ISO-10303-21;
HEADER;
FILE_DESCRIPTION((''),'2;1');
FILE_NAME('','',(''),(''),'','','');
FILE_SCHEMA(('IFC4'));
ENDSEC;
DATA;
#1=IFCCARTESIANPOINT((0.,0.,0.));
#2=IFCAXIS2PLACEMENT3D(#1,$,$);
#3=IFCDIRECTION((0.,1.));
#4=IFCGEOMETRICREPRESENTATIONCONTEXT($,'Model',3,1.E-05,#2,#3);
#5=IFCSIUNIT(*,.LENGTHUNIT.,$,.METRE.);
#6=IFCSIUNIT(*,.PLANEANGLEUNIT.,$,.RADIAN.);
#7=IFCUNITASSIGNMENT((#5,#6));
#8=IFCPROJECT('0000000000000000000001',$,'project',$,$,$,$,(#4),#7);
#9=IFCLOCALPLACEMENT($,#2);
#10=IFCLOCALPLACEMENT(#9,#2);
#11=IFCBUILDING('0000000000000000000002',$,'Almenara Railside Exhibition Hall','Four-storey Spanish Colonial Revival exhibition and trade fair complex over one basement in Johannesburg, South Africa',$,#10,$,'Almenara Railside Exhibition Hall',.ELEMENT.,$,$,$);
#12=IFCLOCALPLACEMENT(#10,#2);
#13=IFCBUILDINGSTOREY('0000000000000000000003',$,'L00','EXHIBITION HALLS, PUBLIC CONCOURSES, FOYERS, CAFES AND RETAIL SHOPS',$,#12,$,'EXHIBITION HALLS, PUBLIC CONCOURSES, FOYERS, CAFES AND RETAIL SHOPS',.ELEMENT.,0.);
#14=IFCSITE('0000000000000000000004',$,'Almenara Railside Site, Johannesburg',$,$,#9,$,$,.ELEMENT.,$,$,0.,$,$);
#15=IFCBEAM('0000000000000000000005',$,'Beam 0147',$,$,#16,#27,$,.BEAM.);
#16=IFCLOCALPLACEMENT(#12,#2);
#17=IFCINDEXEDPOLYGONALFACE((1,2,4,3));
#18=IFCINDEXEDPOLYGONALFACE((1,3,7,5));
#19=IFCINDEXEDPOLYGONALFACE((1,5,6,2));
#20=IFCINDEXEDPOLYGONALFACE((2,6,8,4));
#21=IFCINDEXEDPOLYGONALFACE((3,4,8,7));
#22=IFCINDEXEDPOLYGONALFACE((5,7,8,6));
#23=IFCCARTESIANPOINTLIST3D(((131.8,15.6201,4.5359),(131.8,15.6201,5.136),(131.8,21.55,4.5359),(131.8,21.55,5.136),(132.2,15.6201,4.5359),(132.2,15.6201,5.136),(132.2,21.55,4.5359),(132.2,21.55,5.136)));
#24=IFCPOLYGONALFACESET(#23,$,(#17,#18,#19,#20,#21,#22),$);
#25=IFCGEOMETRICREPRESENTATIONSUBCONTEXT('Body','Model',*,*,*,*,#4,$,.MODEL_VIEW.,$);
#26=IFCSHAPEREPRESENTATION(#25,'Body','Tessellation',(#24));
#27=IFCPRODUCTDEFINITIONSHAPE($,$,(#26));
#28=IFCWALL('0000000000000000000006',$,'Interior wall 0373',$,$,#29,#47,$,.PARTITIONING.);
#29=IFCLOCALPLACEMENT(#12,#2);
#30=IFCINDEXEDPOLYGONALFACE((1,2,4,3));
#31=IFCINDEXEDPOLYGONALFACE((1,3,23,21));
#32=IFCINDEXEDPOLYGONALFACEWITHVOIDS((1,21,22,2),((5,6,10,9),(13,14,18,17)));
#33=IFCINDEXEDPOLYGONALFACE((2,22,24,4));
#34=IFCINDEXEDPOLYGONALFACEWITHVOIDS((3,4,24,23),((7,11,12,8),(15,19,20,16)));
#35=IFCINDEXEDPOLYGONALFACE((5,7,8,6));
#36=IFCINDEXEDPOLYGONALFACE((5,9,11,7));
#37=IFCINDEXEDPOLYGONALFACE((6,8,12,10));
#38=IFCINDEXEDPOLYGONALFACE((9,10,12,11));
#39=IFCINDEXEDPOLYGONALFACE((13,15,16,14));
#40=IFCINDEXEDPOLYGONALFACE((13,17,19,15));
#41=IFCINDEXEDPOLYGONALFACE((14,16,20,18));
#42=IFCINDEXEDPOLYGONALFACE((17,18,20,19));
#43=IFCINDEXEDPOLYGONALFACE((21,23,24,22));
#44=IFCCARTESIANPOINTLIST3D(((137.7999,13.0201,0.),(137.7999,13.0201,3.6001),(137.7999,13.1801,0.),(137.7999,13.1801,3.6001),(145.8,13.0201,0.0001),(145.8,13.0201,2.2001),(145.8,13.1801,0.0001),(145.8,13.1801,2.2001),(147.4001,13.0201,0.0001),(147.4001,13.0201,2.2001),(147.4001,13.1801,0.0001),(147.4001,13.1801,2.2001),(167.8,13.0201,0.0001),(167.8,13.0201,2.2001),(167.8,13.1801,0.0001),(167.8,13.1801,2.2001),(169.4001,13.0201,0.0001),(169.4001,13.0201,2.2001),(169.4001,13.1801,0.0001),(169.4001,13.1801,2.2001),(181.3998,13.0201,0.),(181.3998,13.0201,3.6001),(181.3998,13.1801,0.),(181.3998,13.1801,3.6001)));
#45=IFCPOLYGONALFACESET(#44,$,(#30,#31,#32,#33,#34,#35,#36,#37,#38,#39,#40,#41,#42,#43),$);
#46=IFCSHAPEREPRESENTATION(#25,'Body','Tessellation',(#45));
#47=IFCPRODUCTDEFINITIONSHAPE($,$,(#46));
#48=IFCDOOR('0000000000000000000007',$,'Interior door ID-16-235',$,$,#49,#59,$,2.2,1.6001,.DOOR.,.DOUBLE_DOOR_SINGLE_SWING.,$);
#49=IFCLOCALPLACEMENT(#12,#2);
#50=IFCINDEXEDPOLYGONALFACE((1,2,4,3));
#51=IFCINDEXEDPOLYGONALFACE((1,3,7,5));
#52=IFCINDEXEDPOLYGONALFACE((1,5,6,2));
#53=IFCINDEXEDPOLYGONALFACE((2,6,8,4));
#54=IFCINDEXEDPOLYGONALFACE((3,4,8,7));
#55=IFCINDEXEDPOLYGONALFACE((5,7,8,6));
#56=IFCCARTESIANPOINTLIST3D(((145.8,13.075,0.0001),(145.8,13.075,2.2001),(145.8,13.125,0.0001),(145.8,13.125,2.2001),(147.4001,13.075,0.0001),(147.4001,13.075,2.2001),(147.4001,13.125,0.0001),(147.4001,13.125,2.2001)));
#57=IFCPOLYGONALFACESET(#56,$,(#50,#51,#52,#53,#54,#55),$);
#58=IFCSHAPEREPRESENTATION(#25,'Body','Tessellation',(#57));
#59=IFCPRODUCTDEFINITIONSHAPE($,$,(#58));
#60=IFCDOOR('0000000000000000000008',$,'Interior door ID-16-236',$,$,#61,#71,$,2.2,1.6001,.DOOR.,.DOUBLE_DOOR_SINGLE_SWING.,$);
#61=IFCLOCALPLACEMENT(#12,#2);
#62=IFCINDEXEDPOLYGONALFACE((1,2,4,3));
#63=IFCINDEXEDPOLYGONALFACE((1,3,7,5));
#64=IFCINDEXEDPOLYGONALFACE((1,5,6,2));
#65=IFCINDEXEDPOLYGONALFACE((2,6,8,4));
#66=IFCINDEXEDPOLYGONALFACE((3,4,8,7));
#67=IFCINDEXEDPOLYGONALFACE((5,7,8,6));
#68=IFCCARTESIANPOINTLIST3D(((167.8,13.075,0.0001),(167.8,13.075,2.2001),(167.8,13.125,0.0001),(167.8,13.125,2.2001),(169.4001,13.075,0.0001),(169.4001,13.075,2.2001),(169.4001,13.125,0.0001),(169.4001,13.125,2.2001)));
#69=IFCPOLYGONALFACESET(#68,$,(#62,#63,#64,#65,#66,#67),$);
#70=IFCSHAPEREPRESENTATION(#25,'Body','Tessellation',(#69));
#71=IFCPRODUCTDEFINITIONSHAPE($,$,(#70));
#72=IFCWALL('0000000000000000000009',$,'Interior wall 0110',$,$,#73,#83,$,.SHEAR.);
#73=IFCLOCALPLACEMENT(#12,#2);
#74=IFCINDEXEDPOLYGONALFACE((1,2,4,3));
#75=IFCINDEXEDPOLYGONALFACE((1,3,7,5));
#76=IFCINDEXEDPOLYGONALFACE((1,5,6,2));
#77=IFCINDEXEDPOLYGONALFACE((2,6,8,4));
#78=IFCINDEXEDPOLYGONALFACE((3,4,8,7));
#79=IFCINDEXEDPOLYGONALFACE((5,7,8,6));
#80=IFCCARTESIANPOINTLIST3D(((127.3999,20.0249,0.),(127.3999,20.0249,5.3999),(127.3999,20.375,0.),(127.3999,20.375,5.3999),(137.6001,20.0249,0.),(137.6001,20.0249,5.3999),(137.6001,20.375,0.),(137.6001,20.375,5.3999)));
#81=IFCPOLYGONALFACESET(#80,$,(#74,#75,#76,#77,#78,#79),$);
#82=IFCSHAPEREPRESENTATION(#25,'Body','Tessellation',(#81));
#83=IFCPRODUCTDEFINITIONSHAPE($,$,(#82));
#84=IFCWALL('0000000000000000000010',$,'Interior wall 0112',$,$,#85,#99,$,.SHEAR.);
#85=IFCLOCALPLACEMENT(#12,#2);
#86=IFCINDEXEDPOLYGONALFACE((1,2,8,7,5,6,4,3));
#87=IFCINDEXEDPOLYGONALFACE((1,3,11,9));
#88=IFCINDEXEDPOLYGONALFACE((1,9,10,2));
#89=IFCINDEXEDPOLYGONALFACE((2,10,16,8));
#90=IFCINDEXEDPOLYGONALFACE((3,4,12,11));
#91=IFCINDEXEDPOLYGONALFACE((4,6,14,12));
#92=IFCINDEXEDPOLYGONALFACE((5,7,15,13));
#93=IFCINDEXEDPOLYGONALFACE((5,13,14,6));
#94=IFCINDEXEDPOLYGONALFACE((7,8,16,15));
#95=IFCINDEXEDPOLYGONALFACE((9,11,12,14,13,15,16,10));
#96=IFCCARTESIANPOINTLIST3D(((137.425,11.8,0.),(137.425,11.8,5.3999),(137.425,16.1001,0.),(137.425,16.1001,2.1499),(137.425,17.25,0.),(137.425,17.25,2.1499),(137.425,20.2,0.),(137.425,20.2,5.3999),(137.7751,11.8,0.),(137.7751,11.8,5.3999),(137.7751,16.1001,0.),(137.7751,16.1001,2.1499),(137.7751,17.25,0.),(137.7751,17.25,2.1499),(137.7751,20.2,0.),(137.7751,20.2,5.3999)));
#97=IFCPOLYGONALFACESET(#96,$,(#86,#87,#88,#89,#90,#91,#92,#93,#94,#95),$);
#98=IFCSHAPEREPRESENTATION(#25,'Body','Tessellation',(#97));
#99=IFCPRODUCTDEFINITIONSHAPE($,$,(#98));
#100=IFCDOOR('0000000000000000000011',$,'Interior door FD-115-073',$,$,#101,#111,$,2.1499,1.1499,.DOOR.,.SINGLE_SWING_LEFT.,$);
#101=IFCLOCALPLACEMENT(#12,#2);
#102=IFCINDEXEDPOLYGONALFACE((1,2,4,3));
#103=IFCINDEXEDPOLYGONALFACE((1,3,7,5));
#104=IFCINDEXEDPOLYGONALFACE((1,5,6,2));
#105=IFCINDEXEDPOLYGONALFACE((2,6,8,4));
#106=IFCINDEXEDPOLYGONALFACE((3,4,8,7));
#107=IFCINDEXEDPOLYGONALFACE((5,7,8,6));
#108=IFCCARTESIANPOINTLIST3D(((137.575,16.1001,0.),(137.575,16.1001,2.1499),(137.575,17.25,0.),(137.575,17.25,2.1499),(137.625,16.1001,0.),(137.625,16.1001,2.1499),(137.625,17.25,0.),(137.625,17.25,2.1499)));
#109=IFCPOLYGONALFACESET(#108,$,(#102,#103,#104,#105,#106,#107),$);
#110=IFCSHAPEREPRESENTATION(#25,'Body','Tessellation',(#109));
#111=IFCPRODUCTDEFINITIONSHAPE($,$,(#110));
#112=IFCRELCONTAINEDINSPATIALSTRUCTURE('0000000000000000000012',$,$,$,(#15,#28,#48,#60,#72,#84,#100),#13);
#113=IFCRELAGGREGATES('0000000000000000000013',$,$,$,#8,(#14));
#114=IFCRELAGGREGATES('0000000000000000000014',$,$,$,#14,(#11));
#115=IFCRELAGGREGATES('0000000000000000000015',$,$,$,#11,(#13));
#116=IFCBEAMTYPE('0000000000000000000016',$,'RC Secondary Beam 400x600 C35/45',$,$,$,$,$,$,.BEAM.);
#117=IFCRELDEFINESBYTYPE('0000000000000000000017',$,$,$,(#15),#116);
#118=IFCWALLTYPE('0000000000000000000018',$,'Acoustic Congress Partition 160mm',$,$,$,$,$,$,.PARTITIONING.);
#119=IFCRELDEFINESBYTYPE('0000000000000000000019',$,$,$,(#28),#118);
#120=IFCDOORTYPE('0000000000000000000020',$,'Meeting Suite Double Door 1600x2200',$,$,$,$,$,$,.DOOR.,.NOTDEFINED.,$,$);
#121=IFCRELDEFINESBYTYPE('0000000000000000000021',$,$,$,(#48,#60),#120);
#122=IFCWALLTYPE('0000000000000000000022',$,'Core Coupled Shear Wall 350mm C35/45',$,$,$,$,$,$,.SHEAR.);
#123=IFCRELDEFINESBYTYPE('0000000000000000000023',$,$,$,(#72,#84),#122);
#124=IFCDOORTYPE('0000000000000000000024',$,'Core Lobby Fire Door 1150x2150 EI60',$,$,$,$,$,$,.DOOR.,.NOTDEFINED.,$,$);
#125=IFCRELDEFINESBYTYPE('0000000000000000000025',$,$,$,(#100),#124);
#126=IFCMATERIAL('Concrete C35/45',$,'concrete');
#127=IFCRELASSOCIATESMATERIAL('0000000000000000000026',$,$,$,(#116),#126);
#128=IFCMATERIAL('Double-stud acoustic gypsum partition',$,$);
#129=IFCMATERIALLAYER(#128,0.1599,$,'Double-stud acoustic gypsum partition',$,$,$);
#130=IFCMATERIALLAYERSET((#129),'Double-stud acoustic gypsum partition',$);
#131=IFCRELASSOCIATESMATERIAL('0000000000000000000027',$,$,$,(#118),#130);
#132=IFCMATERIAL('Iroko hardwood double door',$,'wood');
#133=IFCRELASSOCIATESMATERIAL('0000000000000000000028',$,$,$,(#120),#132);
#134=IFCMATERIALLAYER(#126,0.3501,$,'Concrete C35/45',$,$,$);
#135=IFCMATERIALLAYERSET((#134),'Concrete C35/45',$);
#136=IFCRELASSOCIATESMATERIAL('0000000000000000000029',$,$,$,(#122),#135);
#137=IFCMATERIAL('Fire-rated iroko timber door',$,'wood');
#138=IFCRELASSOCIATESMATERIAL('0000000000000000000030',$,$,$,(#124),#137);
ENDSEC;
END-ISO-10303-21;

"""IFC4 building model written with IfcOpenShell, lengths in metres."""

from ifc_helpers import new_model, si_unit, direction, frame, frame_2d, origin, origin_2d, place, context, subcontext, project, spatial, rectangle, extrude, material, layer, layer_set, material_profile, profile_set, type_object, element, fill, save


model = new_model("IFC4")

# Units and contexts
model_context = context("Model", 3, precision=1e-05, world=origin(), true_north=direction((0.0, 1.0)))
body_context = subcontext(model_context, "Body", "Model", "MODEL_VIEW")
ifc_project = project(units=[si_unit("LENGTHUNIT", "METRE"), si_unit("PLANEANGLEUNIT", "RADIAN")], contexts=[model_context])

# Site, building, storey
site_placement = place(None, origin())
site = spatial("IfcSite", under=ifc_project, at=site_placement, Name="Almenara Railside Site, Johannesburg", CompositionType="ELEMENT", RefElevation=0.0)
building_placement = place(site_placement, origin())
building = spatial("IfcBuilding", under=site, at=building_placement, Name="Almenara Railside Exhibition Hall", Description="Four-storey Spanish Colonial Revival exhibition and trade fair complex over one basement in Johannesburg, South Africa", LongName="Almenara Railside Exhibition Hall", CompositionType="ELEMENT")
storey_placement = place(building_placement, origin())
storey = spatial("IfcBuildingStorey", under=building, at=storey_placement, Name="L00", Description="EXHIBITION HALLS, PUBLIC CONCOURSES, FOYERS, CAFES AND RETAIL SHOPS", LongName="EXHIBITION HALLS, PUBLIC CONCOURSES, FOYERS, CAFES AND RETAIL SHOPS", CompositionType="ELEMENT", Elevation=0.0)

# Beam
ifc_material_1 = material(Name="Concrete C35/45", Category="concrete")
ifc_material_profile = material_profile(ifc_material_1, rectangle(XDim=0.3999, YDim=0.6001, at=origin_2d()), Name="RC 400x600")
ifc_profile_set = profile_set([ifc_material_profile], Name="Concrete C35/45")
beam_type = type_object("IfcBeamType", Name="RC Secondary Beam 400x600 C35/45", PredefinedType="BEAM", material=ifc_profile_set)
beam_placement = place(storey_placement, frame((132.0, 15.6201, 4.8359), z_axis=(0.0, 1.0, 0.0), x_axis=(-1.0, 0.0, 0.0)))
element("IfcBeam", 1, at=beam_placement, inside=storey, type_object=beam_type, Name="Beam 0147", PredefinedType="BEAM", context=body_context, shape_type="SweptSolid", body=[
    extrude(rectangle(XDim=0.3999, YDim=0.6001, at=origin_2d()), origin(), (0.0, 0.0, 1.0), 5.9299),
])

# Wall, openings, doors
ifc_material_2 = material(Name="Double-stud acoustic gypsum partition")
ifc_layer_1 = layer(ifc_material_2, 0.1599, Name="Double-stud acoustic gypsum partition")
ifc_layer_set_1 = layer_set([ifc_layer_1], Name="Double-stud acoustic gypsum partition")
wall_type_1 = type_object("IfcWallType", Name="Acoustic Congress Partition 160mm", PredefinedType="PARTITIONING", material=ifc_layer_set_1)
wall_1_placement = place(storey_placement, frame((137.8, 13.1001, 0.0), z_axis=(0.0, 0.0, 1.0), x_axis=(1.0, 0.0, 0.0)))
wall_1 = element("IfcWall", 2, at=wall_1_placement, inside=storey, type_object=wall_type_1, Name="Interior wall 0373", PredefinedType="PARTITIONING", context=body_context, shape_type="SweptSolid", body=[
    extrude(rectangle(XDim=43.5999, YDim=0.1599, at=frame_2d((21.7998, 0.0))), origin(), (0.0, 0.0, 1.0), 3.6001),
])
opening_1_placement = place(wall_1_placement, frame((8.0, 0.0, 0.0)))
opening_1 = element("IfcOpeningElement", 3, at=opening_1_placement, cuts=wall_1, PredefinedType="OPENING", context=body_context, shape_type="SweptSolid", body=[
    extrude(rectangle(XDim=1.6001, YDim=2.2, at=frame_2d((0.8, 1.1001))), frame((0.0, 0.0898, 0.0), z_axis=(0.0, -1.0, 0.0), x_axis=(1.0, 0.0, 0.0)), (0.0, 0.0, 1.0), 0.1799),
])
opening_2_placement = place(wall_1_placement, frame((30.0, 0.0, 0.0)))
opening_2 = element("IfcOpeningElement", 4, at=opening_2_placement, cuts=wall_1, PredefinedType="OPENING", context=body_context, shape_type="SweptSolid", body=[
    extrude(rectangle(XDim=1.6001, YDim=2.2, at=frame_2d((0.8, 1.1001))), frame((0.0, 0.0898, 0.0), z_axis=(0.0, -1.0, 0.0), x_axis=(1.0, 0.0, 0.0)), (0.0, 0.0, 1.0), 0.1799),
])
ifc_material_3 = material(Name="Iroko hardwood double door", Category="wood")
door_type_1 = type_object("IfcDoorType", Name="Meeting Suite Double Door 1600x2200", OperationType="NOTDEFINED", PredefinedType="DOOR", material=ifc_material_3)
door_1_placement = place(opening_1_placement, origin())
door_1 = element("IfcDoor", 5, at=door_1_placement, inside=storey, type_object=door_type_1, Name="Interior door ID-16-235", OperationType="DOUBLE_DOOR_SINGLE_SWING", OverallHeight=2.2, OverallWidth=1.6001, PredefinedType="DOOR", context=body_context, shape_type="SweptSolid", body=[
    extrude(rectangle(XDim=1.6001, YDim=2.2, at=frame_2d((0.8, 1.1001))), frame((0.0, 0.0249, 0.0), z_axis=(0.0, -1.0, 0.0), x_axis=(1.0, 0.0, 0.0)), (0.0, 0.0, 1.0), 0.05),
])
fill(opening_1, door_1)
door_2_placement = place(opening_2_placement, origin())
door_2 = element("IfcDoor", 6, at=door_2_placement, inside=storey, type_object=door_type_1, Name="Interior door ID-16-236", OperationType="DOUBLE_DOOR_SINGLE_SWING", OverallHeight=2.2, OverallWidth=1.6001, PredefinedType="DOOR", context=body_context, shape_type="SweptSolid", body=[
    extrude(rectangle(XDim=1.6001, YDim=2.2, at=frame_2d((0.8, 1.1001))), frame((0.0, 0.0249, 0.0), z_axis=(0.0, -1.0, 0.0), x_axis=(1.0, 0.0, 0.0)), (0.0, 0.0, 1.0), 0.05),
])
fill(opening_2, door_2)

# Wall
ifc_layer_2 = layer(ifc_material_1, 0.3501, Name="Concrete C35/45")
ifc_layer_set_2 = layer_set([ifc_layer_2], Name="Concrete C35/45")
wall_type_2 = type_object("IfcWallType", Name="Core Coupled Shear Wall 350mm C35/45", PredefinedType="SHEAR", material=ifc_layer_set_2)
wall_2_placement = place(storey_placement, frame((137.6001, 20.2, 0.0), z_axis=(0.0, 0.0, 1.0), x_axis=(-1.0, 0.0, 0.0)))
element("IfcWall", 7, at=wall_2_placement, inside=storey, type_object=wall_type_2, Name="Interior wall 0110", PredefinedType="SHEAR", context=body_context, shape_type="SweptSolid", body=[
    extrude(rectangle(XDim=10.2002, YDim=0.3501, at=frame_2d((5.1001, 0.0))), origin(), (0.0, 0.0, 1.0), 5.3999),
])

# Wall, opening, door
wall_3_placement = place(storey_placement, frame((137.6001, 11.8, 0.0), z_axis=(0.0, 0.0, 1.0), x_axis=(0.0, 1.0, 0.0)))
wall_3 = element("IfcWall", 8, at=wall_3_placement, inside=storey, type_object=wall_type_2, Name="Interior wall 0112", PredefinedType="SHEAR", context=body_context, shape_type="SweptSolid", body=[
    extrude(rectangle(XDim=8.3999, YDim=0.3501, at=frame_2d((4.2, 0.0))), origin(), (0.0, 0.0, 1.0), 5.3999),
])
opening_3_placement = place(wall_3_placement, frame((4.3, 0.0, 0.0)))
opening_3 = element("IfcOpeningElement", 9, at=opening_3_placement, cuts=wall_3, PredefinedType="OPENING", context=body_context, shape_type="SweptSolid", body=[
    extrude(rectangle(XDim=1.1499, YDim=2.1499, at=frame_2d((0.575, 1.075))), frame((0.0, 0.1851, 0.0), z_axis=(0.0, -1.0, 0.0), x_axis=(1.0, 0.0, 0.0)), (0.0, 0.0, 1.0), 0.3701),
])
ifc_material_4 = material(Name="Fire-rated iroko timber door", Category="wood")
door_type_2 = type_object("IfcDoorType", Name="Core Lobby Fire Door 1150x2150 EI60", OperationType="NOTDEFINED", PredefinedType="DOOR", material=ifc_material_4)
door_3_placement = place(opening_3_placement, frame((1.1499, 0.0, 0.0), z_axis=(0.0, 0.0, 1.0), x_axis=(-1.0, 0.0, 0.0)))
door_3 = element("IfcDoor", 10, at=door_3_placement, inside=storey, type_object=door_type_2, Name="Interior door FD-115-073", OperationType="SINGLE_SWING_LEFT", OverallHeight=2.1499, OverallWidth=1.1499, PredefinedType="DOOR", context=body_context, shape_type="SweptSolid", body=[
    extrude(rectangle(XDim=1.1499, YDim=2.1499, at=frame_2d((0.575, 1.075))), frame((0.0, 0.0249, 0.0), z_axis=(0.0, -1.0, 0.0), x_axis=(1.0, 0.0, 0.0)), (0.0, 0.0, 1.0), 0.05),
])
fill(opening_3, door_3)

save(model, "model.ifc")
